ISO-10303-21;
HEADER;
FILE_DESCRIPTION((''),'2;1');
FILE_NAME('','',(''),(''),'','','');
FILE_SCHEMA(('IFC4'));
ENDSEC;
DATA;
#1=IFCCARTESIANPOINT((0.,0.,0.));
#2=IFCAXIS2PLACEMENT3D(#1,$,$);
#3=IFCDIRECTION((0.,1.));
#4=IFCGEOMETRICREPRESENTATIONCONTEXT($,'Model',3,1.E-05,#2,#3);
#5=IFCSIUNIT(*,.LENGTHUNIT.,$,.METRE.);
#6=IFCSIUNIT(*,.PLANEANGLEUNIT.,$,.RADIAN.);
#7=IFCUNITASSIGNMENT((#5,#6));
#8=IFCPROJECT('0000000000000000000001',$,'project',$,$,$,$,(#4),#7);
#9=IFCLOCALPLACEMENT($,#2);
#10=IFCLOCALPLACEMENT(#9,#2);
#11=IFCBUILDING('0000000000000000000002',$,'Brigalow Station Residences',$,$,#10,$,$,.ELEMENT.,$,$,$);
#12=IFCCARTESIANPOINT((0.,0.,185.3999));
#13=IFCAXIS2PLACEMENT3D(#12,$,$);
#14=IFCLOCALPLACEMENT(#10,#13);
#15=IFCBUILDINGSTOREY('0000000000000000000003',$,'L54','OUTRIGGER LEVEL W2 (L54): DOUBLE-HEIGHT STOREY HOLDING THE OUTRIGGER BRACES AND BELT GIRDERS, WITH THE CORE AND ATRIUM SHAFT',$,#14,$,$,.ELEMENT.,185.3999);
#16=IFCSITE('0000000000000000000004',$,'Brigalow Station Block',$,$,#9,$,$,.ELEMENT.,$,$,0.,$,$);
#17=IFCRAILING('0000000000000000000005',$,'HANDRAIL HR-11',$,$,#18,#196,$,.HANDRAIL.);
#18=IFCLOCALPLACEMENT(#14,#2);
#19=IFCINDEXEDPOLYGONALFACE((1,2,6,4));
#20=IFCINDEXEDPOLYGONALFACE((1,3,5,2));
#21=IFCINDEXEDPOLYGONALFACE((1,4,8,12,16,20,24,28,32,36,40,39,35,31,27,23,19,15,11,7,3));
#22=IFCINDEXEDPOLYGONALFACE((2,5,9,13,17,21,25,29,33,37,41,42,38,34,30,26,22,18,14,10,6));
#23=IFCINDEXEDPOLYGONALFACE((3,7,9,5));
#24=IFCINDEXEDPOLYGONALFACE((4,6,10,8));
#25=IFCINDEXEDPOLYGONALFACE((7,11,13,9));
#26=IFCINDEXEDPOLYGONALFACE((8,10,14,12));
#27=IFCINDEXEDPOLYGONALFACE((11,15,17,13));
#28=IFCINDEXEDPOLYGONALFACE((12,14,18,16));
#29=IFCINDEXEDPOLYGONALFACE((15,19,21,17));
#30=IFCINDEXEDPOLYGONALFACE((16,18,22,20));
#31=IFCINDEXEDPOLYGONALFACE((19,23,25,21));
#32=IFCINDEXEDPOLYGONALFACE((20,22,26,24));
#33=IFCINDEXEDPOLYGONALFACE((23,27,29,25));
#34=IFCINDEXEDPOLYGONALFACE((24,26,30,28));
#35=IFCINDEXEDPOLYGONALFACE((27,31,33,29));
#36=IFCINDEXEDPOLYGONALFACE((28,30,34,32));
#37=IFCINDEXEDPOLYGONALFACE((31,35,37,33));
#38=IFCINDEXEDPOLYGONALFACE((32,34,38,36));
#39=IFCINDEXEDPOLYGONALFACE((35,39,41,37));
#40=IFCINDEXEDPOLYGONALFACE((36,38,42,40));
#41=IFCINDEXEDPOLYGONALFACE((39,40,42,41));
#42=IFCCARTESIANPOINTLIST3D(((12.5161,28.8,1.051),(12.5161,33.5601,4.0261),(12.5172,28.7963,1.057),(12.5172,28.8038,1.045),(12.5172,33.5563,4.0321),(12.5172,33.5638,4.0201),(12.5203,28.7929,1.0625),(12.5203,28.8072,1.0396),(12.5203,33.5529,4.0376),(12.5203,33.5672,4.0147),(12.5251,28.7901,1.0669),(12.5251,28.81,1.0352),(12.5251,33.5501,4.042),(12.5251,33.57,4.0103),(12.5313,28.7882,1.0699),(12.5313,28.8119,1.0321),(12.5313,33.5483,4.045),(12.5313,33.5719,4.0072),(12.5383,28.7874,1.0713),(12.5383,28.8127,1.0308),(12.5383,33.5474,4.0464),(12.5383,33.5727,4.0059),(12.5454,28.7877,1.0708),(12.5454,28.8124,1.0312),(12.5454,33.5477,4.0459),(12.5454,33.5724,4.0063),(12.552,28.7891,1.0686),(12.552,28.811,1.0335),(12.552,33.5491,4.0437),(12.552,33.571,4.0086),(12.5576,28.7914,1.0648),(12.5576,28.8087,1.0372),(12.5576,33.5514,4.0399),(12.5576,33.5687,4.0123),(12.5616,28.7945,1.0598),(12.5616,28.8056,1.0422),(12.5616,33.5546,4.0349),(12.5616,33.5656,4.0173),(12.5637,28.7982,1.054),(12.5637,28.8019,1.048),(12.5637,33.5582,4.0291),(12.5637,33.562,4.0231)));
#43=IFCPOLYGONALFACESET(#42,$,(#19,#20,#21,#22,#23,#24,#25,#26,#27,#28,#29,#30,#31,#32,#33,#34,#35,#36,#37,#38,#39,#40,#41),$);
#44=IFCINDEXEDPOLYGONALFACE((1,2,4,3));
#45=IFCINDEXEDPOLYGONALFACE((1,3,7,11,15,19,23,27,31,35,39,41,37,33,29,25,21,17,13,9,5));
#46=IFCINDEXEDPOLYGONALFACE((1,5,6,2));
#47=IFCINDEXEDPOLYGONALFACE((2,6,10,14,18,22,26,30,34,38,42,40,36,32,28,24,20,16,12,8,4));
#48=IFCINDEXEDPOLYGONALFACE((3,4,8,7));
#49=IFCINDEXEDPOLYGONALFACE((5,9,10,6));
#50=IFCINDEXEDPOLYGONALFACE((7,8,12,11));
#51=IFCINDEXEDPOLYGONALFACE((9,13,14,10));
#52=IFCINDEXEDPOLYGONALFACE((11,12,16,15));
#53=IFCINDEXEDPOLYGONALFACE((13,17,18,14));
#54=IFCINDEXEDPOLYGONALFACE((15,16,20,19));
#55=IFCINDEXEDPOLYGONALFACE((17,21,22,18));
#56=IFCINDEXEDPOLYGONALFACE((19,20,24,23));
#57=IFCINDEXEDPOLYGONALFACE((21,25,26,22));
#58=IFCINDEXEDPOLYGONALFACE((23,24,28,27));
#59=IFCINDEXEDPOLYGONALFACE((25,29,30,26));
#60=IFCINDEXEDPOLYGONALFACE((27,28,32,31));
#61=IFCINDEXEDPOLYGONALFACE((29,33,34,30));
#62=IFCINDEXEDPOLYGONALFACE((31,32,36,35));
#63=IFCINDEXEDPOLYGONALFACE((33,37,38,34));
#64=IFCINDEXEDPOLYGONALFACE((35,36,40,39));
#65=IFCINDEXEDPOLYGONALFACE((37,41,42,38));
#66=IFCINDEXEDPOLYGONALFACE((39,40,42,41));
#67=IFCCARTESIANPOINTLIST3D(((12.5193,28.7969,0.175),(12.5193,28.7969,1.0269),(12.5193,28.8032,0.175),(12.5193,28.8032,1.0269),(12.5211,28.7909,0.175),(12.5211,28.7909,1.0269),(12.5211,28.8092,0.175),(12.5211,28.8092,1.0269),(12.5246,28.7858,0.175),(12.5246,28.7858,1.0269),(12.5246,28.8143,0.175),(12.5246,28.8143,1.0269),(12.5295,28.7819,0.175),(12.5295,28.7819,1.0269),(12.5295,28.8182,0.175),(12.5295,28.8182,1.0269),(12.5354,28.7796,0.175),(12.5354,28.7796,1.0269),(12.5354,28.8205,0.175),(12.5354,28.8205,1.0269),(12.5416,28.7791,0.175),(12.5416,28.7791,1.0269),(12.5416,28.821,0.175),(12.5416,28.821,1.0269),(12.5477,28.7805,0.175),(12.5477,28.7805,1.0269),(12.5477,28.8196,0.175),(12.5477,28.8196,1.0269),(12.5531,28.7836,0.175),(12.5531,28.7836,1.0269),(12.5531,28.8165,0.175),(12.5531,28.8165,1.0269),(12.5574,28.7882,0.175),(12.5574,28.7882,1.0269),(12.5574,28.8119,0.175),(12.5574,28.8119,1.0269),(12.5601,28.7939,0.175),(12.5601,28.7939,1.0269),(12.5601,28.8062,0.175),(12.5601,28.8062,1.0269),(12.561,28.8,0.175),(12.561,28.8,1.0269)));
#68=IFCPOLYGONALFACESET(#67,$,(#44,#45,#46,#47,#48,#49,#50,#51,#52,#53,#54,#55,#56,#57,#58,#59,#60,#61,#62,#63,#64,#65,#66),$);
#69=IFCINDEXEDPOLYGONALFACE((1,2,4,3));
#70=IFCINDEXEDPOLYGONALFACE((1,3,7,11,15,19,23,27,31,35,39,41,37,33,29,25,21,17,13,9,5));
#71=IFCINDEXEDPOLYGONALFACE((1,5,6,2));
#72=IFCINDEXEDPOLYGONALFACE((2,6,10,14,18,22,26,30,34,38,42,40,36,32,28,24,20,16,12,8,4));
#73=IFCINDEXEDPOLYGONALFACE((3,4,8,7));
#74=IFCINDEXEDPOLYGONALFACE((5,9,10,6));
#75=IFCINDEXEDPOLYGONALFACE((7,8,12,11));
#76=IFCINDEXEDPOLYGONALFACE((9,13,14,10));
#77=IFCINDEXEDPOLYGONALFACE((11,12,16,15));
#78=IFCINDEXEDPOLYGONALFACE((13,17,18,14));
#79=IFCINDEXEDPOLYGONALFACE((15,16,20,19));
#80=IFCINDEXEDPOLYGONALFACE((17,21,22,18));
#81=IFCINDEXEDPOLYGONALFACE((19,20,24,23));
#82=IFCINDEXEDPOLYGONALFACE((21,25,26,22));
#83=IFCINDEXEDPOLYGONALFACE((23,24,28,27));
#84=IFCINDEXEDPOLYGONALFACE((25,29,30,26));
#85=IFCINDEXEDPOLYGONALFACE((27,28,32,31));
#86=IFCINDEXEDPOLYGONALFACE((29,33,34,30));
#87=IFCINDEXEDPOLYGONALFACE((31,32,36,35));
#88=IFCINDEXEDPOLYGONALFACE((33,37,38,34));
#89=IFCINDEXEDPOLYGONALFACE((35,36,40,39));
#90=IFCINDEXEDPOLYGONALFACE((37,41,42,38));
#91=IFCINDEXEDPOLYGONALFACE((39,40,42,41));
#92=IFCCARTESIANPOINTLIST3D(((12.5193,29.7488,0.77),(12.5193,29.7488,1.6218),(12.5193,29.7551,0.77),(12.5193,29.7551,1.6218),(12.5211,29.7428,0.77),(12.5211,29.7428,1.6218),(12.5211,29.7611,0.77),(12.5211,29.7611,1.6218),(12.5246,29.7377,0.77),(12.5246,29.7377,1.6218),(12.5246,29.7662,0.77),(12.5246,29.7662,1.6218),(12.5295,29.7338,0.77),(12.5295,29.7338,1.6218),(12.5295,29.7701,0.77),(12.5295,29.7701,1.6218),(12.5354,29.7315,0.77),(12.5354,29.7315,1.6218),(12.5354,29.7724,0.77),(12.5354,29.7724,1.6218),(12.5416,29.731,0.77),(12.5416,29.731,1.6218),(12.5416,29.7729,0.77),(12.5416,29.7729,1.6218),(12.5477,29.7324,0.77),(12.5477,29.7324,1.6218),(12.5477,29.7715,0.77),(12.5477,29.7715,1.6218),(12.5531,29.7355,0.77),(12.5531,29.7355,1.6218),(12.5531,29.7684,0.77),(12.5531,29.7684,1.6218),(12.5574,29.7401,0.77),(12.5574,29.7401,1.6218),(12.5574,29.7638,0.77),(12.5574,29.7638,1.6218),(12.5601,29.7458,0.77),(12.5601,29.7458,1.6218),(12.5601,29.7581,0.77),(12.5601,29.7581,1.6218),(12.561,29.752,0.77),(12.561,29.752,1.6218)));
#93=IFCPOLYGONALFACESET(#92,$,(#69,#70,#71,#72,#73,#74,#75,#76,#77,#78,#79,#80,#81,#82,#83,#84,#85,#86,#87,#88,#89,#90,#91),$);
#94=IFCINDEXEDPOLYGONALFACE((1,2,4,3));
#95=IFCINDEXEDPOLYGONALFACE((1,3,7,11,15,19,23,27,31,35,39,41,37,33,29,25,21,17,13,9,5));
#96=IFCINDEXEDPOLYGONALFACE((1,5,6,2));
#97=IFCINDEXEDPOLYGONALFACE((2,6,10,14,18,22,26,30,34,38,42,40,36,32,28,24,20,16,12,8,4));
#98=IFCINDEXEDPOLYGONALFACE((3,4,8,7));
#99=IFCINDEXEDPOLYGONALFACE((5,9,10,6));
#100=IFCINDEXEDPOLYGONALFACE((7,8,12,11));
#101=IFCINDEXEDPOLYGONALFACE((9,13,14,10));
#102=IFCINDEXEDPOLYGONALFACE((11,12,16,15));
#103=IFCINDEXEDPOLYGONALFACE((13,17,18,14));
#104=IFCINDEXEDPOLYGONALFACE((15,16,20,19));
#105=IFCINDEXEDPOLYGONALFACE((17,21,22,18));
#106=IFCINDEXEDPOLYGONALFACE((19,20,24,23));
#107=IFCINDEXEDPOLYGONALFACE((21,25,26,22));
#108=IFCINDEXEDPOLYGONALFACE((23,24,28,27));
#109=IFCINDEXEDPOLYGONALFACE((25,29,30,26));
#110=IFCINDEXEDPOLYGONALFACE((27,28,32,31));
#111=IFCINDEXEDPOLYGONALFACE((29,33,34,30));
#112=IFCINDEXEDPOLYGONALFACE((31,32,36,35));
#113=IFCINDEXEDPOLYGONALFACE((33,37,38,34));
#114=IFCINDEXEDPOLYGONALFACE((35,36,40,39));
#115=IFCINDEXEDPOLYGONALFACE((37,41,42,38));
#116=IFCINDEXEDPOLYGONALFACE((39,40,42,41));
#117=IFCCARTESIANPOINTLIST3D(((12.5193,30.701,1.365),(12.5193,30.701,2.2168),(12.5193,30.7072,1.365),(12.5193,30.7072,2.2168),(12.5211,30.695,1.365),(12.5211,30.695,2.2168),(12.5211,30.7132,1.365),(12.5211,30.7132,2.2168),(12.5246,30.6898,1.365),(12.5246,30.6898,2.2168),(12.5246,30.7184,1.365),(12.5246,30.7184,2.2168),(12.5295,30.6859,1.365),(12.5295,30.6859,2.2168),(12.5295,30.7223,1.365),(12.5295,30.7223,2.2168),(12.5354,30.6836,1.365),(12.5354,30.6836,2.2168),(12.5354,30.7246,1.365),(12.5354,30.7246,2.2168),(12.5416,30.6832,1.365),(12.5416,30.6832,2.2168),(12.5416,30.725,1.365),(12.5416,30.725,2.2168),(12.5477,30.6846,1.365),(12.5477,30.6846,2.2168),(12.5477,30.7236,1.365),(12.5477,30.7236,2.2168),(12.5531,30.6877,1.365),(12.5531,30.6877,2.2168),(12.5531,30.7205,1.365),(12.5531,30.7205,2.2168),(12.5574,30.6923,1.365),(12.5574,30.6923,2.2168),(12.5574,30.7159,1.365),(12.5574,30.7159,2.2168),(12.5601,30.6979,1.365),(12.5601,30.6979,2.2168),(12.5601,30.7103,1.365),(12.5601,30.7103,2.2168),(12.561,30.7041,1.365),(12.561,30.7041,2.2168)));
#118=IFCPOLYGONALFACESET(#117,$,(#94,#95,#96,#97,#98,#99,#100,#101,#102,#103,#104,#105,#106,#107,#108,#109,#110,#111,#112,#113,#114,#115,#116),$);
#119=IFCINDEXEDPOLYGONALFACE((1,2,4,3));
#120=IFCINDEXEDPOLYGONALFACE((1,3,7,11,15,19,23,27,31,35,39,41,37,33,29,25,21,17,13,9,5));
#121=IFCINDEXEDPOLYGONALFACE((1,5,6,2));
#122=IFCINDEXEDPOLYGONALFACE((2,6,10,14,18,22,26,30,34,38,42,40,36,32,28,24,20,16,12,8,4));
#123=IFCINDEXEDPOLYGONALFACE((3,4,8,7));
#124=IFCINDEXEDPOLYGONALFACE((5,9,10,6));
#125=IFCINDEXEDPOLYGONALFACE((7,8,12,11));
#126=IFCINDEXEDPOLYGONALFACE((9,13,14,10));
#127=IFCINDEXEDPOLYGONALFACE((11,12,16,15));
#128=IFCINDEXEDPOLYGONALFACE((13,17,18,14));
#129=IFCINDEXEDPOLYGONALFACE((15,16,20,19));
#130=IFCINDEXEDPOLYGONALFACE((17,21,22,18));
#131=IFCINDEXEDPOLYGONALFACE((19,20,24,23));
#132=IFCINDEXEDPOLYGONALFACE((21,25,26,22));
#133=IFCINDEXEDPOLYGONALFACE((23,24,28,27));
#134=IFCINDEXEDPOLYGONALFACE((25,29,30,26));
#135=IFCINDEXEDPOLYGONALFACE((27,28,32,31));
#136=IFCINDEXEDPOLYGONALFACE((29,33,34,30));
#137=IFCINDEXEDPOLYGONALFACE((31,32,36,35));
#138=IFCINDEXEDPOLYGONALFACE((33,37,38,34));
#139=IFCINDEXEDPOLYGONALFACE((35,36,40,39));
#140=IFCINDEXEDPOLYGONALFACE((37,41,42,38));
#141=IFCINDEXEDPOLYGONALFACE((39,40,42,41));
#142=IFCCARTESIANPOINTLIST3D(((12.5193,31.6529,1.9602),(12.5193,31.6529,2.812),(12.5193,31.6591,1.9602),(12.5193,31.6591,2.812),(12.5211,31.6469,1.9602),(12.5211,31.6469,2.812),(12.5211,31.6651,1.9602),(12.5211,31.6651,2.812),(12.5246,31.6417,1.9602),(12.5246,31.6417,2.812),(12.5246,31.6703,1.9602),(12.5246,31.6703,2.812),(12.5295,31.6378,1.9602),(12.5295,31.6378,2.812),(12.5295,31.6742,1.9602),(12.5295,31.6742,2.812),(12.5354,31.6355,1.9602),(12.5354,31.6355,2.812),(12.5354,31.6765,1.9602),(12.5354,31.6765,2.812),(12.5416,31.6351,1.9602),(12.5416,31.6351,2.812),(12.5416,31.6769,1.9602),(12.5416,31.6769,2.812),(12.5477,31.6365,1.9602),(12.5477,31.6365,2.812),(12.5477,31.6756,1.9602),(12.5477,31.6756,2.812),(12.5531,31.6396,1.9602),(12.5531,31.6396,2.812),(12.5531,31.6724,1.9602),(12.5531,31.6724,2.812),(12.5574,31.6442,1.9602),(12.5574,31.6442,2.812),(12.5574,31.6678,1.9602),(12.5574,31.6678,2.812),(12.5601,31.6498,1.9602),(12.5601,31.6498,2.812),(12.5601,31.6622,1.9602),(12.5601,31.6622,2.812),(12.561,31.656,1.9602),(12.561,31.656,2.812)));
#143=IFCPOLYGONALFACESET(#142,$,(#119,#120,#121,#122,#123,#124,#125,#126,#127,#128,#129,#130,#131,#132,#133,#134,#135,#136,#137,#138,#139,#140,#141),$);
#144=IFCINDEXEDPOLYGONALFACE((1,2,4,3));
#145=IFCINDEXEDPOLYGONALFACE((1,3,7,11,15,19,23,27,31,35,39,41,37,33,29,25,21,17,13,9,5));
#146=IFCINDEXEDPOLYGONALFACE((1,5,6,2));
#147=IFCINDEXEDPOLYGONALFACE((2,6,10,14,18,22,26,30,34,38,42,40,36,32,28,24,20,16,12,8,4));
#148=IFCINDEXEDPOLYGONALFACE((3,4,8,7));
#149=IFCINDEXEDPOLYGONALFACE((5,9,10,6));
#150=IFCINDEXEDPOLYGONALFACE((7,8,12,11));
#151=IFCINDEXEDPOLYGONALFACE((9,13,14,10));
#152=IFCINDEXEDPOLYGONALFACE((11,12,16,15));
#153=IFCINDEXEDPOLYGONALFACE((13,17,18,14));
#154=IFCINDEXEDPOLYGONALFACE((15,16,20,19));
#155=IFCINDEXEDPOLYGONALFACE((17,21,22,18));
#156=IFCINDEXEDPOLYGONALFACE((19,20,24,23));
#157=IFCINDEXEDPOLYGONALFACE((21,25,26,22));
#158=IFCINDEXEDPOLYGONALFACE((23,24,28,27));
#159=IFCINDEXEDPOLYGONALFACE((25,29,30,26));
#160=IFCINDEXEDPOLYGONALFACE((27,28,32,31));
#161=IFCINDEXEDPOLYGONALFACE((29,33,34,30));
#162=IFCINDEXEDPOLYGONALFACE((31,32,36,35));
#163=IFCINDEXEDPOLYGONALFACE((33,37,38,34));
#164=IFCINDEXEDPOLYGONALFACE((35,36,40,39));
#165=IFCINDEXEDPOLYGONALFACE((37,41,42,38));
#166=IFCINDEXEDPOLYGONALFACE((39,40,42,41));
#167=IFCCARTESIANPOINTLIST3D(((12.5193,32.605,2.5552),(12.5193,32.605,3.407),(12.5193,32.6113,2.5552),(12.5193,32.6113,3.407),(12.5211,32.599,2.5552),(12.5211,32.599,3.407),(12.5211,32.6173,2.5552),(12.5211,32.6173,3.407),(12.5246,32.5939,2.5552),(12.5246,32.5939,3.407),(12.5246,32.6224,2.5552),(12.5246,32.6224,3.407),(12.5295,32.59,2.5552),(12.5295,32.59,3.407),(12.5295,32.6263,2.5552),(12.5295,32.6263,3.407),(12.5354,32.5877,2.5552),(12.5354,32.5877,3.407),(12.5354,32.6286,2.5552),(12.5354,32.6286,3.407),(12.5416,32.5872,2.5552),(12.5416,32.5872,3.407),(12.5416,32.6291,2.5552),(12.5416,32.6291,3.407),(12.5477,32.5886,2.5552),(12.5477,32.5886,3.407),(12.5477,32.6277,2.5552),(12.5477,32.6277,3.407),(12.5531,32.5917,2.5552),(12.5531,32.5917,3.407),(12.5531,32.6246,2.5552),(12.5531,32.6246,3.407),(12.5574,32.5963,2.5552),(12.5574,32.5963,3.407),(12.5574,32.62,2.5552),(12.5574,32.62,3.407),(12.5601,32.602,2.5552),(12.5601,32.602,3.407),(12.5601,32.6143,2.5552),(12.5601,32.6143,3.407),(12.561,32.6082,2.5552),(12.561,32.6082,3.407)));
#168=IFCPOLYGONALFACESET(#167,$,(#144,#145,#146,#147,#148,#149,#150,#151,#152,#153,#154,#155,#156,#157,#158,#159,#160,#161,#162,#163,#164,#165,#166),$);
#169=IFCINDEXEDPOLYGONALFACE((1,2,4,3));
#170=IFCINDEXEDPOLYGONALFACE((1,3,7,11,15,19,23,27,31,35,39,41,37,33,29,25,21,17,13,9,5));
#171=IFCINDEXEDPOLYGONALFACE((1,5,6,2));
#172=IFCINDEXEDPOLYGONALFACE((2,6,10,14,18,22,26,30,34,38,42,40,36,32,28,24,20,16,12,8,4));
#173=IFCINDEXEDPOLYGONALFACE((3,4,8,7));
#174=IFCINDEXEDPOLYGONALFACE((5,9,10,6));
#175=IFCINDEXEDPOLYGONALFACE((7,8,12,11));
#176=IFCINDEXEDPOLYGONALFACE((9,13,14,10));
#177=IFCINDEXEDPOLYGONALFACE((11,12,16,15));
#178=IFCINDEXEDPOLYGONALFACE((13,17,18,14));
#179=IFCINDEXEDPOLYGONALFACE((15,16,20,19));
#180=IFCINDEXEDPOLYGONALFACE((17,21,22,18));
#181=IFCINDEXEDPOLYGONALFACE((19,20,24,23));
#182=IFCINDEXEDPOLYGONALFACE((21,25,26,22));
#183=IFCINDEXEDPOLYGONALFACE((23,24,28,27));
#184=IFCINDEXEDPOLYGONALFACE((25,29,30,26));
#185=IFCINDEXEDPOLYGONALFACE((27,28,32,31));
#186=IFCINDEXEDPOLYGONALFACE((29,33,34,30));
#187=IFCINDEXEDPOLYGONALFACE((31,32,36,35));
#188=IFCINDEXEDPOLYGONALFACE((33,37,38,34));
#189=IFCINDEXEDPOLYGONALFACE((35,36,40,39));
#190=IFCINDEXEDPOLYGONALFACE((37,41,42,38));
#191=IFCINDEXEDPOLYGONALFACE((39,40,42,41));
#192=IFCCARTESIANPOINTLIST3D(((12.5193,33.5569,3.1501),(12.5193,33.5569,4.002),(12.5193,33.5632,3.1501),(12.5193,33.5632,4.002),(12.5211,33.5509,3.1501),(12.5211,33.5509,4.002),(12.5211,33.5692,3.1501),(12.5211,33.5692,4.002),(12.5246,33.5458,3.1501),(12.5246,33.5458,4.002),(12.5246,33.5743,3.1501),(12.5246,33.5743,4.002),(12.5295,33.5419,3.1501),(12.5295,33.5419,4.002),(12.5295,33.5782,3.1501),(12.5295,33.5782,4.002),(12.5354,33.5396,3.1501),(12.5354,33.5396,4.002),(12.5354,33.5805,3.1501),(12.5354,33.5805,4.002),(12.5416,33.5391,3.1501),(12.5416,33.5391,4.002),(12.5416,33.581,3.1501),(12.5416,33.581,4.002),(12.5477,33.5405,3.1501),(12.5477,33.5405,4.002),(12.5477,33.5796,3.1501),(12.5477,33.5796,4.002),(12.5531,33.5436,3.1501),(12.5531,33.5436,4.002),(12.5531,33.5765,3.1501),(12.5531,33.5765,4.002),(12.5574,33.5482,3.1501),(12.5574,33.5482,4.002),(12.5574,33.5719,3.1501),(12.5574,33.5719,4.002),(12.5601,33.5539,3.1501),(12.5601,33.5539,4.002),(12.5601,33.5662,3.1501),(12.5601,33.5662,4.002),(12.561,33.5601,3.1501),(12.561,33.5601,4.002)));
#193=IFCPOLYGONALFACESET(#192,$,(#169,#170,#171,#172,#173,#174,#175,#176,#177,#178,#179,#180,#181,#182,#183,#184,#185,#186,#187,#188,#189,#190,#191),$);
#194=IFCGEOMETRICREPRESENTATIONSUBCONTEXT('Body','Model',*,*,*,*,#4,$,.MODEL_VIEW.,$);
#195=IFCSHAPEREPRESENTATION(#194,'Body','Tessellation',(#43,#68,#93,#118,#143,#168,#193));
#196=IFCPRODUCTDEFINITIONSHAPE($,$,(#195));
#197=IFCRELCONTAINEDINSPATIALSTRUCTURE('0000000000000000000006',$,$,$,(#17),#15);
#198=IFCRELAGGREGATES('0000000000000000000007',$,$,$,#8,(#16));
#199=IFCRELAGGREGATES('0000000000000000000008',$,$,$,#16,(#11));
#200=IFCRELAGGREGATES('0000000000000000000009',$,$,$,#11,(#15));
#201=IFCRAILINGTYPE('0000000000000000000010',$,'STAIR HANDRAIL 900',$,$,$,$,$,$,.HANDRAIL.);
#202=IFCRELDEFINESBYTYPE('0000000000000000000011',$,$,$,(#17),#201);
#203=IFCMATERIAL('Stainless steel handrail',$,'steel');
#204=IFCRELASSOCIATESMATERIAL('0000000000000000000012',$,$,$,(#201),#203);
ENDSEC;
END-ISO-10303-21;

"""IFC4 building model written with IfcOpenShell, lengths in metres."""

from ifc_helpers import new_model, si_unit, direction, frame, origin, origin_2d, place, context, subcontext, project, spatial, circle, extrude, material, type_object, element, save


model = new_model("IFC4")

# Units and contexts
model_context = context("Model", 3, precision=1e-05, world=origin(), true_north=direction((0.0, 1.0)))
body_context = subcontext(model_context, "Body", "Model", "MODEL_VIEW")
ifc_project = project(units=[si_unit("LENGTHUNIT", "METRE"), si_unit("PLANEANGLEUNIT", "RADIAN")], contexts=[model_context])

# Site, building, storey
site_placement = place(None, origin())
site = spatial("IfcSite", under=ifc_project, at=site_placement, Name="Brigalow Station Block", CompositionType="ELEMENT", RefElevation=0.0)
building_placement = place(site_placement, origin())
building = spatial("IfcBuilding", under=site, at=building_placement, Name="Brigalow Station Residences", CompositionType="ELEMENT")
storey_placement = place(building_placement, frame((0.0, 0.0, 185.3999)))
storey = spatial("IfcBuildingStorey", under=building, at=storey_placement, Name="L54", Description="OUTRIGGER LEVEL W2 (L54): DOUBLE-HEIGHT STOREY HOLDING THE OUTRIGGER BRACES AND BELT GIRDERS, WITH THE CORE AND ATRIUM SHAFT", CompositionType="ELEMENT", Elevation=185.3999)

# Railing
ifc_material_1 = material(Name="Stainless steel handrail", Category="steel")
railing_type_1 = type_object("IfcRailingType", Name="STAIR HANDRAIL 900", PredefinedType="HANDRAIL", material=ifc_material_1)
railing_1_placement = place(storey_placement, frame((12.54, 28.8, 0.175)))
element("IfcRailing", 1, at=railing_1_placement, inside=storey, type_object=railing_type_1, Name="HANDRAIL HR-11", PredefinedType="HANDRAIL", context=body_context, shape_type="SweptSolid", body=[
    extrude(circle(Radius=0.0239, at=origin_2d()), frame((0.0, 0.0, 0.876), z_axis=(0.0, 0.847991, 0.530011), x_axis=(-1.0, 0.0, 0.0)), (0.0, 0.0, 1.0), 5.6133),
    extrude(circle(Radius=0.021, at=origin_2d()), origin(), (0.0, 0.0, 1.0), 0.8518),
    extrude(circle(Radius=0.021, at=origin_2d()), frame((0.0, 0.9519, 0.595)), (0.0, 0.0, 1.0), 0.8518),
    extrude(circle(Radius=0.021, at=origin_2d()), frame((0.0, 1.9041, 1.1899)), (0.0, 0.0, 1.0), 0.8518),
    extrude(circle(Radius=0.021, at=origin_2d()), frame((0.0, 2.856, 1.7852)), (0.0, 0.0, 1.0), 0.8518),
    extrude(circle(Radius=0.021, at=origin_2d()), frame((0.0, 3.8081, 2.3801)), (0.0, 0.0, 1.0), 0.8518),
    extrude(circle(Radius=0.021, at=origin_2d()), frame((0.0, 4.76, 2.9751)), (0.0, 0.0, 1.0), 0.8518),
])

save(model, "model.ifc")
